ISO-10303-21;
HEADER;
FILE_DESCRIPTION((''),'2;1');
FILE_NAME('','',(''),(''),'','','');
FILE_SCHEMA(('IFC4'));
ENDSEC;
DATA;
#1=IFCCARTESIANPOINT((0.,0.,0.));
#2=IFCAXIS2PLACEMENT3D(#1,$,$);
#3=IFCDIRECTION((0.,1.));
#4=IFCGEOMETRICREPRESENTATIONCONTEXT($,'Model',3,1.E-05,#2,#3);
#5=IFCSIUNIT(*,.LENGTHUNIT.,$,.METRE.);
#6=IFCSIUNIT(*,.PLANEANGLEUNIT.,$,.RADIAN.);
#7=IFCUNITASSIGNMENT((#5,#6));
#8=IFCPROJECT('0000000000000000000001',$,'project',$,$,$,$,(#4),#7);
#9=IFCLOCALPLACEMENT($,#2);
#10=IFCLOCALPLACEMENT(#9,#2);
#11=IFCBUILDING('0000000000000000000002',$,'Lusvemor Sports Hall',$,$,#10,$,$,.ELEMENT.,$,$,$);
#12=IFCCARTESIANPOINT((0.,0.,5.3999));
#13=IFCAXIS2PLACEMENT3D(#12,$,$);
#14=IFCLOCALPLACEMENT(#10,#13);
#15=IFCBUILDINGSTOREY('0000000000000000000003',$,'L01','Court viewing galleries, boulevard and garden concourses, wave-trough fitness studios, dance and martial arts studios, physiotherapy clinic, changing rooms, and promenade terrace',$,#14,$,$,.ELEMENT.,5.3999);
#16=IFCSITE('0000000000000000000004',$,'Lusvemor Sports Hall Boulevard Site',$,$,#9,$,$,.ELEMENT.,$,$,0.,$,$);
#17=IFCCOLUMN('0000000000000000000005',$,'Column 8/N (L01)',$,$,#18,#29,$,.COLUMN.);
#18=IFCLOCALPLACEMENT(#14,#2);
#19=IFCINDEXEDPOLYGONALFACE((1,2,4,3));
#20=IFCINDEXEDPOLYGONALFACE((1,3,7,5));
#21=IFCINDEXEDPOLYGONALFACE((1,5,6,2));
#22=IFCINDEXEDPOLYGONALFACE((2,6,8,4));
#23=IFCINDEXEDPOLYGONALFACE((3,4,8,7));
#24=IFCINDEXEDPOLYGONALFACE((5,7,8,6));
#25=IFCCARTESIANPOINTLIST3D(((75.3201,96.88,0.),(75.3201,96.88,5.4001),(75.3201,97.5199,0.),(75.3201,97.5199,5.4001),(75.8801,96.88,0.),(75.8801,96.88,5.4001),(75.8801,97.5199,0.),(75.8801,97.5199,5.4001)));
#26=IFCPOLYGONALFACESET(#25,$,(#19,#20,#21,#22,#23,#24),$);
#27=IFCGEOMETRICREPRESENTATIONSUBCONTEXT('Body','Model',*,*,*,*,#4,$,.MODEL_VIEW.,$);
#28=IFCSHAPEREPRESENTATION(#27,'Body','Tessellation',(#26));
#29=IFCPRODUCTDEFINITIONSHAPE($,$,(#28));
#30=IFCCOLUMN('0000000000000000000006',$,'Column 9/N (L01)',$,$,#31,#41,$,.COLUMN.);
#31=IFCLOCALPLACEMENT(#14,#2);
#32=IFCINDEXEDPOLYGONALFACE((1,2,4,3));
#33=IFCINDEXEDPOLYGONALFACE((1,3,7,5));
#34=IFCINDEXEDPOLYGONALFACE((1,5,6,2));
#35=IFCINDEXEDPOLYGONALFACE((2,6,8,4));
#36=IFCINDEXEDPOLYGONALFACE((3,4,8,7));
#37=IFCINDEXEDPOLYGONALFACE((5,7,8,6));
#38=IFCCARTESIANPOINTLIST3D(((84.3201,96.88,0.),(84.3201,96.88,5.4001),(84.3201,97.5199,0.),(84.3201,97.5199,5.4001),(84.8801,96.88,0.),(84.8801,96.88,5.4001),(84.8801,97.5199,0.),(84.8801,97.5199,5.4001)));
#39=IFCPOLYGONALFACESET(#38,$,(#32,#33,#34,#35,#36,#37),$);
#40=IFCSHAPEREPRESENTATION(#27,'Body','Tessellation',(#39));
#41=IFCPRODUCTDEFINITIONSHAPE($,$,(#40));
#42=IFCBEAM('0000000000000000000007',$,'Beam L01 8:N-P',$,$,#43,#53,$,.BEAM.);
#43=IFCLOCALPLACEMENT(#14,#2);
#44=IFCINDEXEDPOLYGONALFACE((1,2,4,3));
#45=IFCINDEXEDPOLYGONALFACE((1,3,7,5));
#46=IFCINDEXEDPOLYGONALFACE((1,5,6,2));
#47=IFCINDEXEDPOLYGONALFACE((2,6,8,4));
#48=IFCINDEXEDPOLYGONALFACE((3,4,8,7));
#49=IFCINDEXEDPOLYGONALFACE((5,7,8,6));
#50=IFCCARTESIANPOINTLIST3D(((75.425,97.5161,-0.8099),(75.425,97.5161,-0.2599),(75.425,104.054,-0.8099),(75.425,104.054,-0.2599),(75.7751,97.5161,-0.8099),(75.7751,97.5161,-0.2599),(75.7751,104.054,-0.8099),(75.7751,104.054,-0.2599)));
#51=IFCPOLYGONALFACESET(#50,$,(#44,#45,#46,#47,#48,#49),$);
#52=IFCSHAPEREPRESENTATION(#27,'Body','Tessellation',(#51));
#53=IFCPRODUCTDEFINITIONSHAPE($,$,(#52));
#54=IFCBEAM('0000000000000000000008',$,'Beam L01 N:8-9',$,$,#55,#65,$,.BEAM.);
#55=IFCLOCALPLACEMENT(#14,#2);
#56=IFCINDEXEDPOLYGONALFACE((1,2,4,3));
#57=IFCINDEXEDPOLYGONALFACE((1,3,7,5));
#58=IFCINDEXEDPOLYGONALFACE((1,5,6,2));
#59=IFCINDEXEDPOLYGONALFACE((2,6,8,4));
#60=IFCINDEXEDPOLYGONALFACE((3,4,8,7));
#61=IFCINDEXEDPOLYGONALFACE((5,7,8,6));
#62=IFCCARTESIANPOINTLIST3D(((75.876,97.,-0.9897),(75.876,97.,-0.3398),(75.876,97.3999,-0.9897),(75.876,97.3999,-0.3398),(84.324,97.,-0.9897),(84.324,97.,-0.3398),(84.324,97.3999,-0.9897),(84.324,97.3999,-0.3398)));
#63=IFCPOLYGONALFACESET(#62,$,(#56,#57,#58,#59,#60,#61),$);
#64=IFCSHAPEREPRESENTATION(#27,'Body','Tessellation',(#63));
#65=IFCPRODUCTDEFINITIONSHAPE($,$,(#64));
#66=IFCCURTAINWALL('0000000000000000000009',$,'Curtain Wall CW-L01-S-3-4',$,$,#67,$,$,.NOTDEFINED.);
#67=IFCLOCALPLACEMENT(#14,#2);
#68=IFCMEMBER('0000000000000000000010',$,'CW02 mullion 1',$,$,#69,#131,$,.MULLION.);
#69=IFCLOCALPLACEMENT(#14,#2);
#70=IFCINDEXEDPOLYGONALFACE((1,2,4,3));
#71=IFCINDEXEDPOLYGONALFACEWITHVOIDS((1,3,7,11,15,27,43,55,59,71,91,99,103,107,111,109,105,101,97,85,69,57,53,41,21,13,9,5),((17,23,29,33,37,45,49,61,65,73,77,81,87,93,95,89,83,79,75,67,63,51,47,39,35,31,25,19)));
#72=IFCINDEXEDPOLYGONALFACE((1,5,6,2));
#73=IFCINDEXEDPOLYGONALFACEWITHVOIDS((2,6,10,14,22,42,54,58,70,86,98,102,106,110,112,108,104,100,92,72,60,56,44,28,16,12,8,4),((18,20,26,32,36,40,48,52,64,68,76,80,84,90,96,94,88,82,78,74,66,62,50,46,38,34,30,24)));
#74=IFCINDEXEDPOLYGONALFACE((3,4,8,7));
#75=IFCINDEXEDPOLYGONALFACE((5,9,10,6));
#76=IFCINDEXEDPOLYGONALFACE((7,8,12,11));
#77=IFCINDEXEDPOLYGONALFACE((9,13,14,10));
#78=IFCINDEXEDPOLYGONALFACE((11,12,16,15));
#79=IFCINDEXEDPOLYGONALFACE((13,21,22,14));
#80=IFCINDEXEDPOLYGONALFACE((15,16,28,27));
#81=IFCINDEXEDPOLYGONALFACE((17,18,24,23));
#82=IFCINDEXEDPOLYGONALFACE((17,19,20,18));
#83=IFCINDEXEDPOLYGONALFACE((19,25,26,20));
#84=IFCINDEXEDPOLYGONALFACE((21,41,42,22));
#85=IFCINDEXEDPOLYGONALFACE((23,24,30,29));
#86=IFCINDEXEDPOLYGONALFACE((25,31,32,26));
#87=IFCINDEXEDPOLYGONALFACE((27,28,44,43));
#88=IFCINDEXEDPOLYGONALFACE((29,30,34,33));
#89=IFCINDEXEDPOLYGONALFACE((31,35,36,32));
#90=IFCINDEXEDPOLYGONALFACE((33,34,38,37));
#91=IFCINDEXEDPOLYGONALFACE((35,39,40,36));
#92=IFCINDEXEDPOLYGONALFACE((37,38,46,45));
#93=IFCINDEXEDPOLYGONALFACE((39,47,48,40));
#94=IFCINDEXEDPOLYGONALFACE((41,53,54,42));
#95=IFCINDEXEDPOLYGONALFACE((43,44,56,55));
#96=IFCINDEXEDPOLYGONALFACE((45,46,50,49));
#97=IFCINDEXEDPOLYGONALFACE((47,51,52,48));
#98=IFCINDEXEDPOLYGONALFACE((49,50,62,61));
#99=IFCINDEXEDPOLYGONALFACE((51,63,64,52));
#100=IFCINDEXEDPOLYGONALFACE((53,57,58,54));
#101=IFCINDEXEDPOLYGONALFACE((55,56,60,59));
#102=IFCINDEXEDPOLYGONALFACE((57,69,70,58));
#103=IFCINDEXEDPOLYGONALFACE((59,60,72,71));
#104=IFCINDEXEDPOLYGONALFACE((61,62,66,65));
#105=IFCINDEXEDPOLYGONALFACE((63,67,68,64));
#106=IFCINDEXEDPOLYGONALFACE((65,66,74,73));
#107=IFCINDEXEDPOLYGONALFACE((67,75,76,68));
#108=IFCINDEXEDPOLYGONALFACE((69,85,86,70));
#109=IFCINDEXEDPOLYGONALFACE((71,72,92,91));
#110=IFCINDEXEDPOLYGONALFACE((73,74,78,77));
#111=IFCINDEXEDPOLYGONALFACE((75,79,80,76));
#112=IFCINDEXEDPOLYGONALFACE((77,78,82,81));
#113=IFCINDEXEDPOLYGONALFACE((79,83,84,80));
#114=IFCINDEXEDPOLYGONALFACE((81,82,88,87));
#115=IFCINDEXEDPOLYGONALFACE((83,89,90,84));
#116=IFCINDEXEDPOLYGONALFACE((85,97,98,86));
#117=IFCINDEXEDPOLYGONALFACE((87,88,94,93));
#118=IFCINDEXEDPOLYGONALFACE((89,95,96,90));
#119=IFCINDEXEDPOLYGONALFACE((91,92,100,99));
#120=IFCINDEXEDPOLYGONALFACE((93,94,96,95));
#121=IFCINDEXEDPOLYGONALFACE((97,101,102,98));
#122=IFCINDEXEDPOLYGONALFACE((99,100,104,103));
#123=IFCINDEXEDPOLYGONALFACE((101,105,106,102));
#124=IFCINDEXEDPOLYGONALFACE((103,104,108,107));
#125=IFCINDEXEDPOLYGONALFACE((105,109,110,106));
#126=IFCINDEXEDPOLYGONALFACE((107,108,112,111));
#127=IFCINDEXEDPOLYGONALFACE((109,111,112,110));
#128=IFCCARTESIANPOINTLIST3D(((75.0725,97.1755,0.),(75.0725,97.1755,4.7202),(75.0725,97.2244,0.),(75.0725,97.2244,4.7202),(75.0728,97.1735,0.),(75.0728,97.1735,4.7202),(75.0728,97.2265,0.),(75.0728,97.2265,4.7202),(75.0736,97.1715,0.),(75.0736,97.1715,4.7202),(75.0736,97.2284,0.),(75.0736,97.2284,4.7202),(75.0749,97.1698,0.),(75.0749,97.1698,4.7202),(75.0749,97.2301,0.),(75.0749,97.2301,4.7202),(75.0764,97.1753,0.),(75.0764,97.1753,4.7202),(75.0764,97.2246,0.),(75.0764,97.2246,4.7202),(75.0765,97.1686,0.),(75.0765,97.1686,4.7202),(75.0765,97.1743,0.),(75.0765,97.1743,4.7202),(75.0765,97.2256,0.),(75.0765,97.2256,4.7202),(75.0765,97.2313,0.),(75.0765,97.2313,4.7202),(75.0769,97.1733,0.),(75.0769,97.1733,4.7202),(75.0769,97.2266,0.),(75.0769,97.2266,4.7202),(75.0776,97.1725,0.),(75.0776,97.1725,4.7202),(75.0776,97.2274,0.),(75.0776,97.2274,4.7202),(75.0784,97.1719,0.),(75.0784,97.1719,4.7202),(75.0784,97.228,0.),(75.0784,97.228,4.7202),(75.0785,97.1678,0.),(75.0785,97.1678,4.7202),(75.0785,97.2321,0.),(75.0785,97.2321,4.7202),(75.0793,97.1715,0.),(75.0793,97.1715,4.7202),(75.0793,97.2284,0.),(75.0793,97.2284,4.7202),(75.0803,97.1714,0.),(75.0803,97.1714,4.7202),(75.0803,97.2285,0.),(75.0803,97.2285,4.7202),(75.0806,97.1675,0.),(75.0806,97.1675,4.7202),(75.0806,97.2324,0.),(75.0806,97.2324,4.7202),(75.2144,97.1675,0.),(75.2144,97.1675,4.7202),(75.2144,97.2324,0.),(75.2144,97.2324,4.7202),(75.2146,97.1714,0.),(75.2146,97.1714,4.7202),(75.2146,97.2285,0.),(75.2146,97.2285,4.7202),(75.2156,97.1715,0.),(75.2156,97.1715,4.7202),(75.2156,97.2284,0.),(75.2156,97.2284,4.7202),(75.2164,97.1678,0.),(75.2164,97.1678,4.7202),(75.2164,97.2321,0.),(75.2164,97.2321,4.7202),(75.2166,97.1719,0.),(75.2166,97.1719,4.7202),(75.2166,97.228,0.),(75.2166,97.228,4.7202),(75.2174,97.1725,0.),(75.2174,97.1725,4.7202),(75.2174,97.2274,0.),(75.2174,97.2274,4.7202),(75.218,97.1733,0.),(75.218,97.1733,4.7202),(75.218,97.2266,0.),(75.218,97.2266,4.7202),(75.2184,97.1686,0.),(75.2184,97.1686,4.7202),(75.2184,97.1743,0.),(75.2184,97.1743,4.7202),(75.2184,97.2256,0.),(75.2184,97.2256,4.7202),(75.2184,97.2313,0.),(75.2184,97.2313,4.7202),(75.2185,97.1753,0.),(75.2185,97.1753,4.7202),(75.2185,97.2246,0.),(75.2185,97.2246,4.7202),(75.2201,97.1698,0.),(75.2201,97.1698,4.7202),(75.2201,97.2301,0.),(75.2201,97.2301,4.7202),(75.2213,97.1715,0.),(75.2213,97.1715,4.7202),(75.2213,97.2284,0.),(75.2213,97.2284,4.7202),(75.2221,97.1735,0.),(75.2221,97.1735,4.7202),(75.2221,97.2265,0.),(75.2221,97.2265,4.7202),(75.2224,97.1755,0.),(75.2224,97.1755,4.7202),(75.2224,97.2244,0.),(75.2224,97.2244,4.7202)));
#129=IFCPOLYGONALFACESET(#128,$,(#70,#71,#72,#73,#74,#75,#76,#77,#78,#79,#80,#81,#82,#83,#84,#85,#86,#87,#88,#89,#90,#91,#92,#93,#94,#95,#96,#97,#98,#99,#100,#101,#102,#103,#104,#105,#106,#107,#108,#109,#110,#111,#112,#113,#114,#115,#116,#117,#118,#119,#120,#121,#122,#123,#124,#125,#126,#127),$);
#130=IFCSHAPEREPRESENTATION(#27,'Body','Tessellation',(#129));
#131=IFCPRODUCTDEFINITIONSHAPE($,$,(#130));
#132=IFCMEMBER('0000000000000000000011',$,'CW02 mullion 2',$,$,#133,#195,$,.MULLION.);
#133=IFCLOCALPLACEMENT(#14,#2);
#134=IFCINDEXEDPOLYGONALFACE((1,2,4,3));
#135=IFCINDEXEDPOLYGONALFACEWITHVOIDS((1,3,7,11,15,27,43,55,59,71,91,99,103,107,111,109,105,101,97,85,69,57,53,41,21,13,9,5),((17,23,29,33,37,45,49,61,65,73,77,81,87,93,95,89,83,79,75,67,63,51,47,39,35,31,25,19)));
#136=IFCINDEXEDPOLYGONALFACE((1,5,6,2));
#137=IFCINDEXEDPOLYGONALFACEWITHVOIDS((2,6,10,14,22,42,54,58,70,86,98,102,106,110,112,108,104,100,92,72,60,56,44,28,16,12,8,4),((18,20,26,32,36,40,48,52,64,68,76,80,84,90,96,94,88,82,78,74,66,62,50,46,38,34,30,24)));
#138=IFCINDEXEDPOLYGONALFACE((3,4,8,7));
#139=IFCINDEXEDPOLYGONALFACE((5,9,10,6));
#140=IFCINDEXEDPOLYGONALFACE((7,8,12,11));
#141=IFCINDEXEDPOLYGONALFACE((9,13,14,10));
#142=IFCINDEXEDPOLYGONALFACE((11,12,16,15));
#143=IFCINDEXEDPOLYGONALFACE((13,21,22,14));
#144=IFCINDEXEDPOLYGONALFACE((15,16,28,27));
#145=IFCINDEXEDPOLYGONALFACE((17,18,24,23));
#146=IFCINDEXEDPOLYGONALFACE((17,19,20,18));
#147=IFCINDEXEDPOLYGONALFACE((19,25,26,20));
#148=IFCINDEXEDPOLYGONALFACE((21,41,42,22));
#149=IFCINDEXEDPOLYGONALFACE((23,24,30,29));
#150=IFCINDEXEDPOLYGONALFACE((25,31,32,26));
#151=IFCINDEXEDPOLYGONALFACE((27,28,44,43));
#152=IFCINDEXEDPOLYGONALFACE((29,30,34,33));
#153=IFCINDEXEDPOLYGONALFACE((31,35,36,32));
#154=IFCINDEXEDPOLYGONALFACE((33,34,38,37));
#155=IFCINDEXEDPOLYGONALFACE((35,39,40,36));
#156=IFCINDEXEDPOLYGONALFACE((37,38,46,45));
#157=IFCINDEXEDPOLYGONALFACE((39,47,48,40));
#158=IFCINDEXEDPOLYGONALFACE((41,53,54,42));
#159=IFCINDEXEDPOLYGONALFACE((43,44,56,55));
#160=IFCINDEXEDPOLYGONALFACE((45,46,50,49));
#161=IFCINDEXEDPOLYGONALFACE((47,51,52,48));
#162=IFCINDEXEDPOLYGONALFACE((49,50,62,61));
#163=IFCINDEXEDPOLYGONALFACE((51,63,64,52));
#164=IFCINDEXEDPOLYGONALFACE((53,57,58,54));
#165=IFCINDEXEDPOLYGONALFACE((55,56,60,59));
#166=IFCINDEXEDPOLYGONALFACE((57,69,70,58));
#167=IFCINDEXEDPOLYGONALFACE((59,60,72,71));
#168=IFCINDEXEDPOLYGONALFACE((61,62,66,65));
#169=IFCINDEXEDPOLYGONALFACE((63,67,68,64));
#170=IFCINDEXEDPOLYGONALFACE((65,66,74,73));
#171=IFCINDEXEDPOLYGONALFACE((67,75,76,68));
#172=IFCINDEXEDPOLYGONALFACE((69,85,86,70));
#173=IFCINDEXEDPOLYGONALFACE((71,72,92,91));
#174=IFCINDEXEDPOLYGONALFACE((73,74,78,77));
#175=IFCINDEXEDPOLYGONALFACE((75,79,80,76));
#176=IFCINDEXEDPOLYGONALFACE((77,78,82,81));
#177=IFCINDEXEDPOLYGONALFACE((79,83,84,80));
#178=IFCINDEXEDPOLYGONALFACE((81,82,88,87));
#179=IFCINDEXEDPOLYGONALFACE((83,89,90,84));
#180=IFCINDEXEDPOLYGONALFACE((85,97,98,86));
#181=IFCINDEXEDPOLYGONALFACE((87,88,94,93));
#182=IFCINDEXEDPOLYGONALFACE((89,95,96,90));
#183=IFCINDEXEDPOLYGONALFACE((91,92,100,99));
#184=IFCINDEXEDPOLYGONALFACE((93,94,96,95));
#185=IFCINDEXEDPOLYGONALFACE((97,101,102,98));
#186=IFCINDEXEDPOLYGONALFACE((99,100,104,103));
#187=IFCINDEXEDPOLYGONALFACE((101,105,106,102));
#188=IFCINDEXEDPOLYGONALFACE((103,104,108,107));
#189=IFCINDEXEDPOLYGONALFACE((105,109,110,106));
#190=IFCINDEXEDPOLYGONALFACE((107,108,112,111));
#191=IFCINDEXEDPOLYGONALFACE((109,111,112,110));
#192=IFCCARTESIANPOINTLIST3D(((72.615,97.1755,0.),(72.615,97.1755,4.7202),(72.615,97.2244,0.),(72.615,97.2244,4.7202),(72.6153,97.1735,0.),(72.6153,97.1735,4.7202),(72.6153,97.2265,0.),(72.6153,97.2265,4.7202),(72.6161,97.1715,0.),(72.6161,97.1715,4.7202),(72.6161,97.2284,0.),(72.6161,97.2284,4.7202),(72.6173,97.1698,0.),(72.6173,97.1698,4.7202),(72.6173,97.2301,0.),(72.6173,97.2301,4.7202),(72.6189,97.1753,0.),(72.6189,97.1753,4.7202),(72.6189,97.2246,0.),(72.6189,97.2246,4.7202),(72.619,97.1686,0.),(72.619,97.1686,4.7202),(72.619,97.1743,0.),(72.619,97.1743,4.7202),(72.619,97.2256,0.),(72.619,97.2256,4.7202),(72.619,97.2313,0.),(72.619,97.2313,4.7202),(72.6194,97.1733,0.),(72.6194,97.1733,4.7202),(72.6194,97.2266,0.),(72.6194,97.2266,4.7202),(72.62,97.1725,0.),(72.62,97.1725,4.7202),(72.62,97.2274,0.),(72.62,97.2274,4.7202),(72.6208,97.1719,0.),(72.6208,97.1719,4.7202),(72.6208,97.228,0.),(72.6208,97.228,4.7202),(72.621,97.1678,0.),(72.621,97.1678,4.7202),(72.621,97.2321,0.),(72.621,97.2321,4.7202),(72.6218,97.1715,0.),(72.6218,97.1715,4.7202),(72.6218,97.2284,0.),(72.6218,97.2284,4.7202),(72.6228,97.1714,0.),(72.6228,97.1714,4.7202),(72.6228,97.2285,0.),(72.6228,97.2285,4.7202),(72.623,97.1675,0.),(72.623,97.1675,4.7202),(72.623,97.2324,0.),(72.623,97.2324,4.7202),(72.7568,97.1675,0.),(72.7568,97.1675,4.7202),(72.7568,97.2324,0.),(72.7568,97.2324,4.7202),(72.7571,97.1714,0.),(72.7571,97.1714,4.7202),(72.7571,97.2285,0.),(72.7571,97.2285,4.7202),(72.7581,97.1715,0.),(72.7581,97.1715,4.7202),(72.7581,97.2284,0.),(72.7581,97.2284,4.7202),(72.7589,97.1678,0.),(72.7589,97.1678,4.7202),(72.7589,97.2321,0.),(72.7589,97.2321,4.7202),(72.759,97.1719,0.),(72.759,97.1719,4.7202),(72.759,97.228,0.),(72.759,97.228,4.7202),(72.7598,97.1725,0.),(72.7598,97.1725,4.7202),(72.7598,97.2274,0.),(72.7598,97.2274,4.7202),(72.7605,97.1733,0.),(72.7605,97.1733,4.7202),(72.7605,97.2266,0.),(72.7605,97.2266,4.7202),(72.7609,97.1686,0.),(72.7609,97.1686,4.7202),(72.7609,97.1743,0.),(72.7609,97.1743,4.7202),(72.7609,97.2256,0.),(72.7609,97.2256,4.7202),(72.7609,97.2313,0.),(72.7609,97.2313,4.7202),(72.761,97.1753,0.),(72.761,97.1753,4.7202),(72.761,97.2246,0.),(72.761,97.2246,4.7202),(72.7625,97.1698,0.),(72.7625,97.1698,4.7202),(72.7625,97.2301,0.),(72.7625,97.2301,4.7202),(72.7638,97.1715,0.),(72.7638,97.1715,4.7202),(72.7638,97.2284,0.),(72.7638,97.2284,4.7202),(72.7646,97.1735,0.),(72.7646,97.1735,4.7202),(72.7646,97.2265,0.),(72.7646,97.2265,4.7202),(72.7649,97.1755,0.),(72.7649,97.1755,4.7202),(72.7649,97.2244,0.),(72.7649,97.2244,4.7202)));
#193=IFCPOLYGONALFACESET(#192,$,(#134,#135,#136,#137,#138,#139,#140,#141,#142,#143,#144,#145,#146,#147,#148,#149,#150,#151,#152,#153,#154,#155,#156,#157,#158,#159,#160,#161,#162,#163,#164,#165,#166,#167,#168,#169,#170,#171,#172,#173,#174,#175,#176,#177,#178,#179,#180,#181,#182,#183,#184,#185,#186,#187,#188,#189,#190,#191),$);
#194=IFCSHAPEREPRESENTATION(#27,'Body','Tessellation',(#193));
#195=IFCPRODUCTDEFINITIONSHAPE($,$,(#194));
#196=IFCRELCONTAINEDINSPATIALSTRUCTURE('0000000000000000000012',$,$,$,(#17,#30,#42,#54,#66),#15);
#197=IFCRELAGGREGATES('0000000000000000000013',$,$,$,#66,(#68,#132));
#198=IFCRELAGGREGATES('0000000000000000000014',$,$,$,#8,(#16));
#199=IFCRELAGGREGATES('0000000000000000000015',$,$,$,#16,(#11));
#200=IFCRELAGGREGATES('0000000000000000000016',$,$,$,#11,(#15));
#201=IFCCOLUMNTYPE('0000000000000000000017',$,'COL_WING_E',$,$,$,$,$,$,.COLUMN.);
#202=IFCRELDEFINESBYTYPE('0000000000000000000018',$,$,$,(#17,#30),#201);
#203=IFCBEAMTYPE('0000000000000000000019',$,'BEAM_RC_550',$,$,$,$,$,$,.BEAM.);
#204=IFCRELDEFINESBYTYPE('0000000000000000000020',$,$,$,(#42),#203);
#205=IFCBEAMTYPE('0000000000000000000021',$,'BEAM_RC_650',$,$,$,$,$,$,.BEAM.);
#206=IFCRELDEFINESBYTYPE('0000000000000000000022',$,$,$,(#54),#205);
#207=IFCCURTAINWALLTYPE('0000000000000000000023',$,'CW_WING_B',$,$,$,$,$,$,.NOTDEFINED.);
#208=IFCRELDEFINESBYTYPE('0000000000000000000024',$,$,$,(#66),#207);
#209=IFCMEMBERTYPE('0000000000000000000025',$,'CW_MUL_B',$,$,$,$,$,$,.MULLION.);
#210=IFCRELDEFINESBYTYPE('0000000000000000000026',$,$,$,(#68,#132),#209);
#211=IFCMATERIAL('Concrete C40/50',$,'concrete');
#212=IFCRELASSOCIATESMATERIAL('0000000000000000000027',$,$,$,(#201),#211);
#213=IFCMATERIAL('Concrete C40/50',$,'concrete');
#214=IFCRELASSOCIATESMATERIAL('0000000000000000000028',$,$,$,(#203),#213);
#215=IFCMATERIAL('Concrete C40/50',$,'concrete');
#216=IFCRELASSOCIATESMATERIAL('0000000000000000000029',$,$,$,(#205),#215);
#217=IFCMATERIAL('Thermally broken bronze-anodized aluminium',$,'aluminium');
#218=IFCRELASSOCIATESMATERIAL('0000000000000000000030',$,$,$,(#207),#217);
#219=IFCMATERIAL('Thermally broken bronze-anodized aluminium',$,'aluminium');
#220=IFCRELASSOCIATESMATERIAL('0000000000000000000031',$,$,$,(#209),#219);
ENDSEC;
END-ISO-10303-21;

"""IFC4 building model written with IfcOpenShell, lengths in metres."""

from ifc_helpers import new_model, si_unit, direction, frame, origin, origin_2d, place, context, subcontext, project, spatial, rectangle, hollow_rectangle, extrude, material, material_profile, profile_set, type_object, element, aggregate, save


model = new_model("IFC4")

# Units and contexts
model_context = context("Model", 3, precision=1e-05, world=origin(), true_north=direction((0.0, 1.0)))
body_context = subcontext(model_context, "Body", "Model", "MODEL_VIEW")
ifc_project = project(units=[si_unit("LENGTHUNIT", "METRE"), si_unit("PLANEANGLEUNIT", "RADIAN")], contexts=[model_context])

# Site, building, storey
site_placement = place(None, origin())
site = spatial("IfcSite", under=ifc_project, at=site_placement, Name="Lusvemor Sports Hall Boulevard Site", CompositionType="ELEMENT", RefElevation=0.0)
building_placement = place(site_placement, origin())
building = spatial("IfcBuilding", under=site, at=building_placement, Name="Lusvemor Sports Hall", CompositionType="ELEMENT")
storey_placement = place(building_placement, frame((0.0, 0.0, 5.3999)))
storey = spatial("IfcBuildingStorey", under=building, at=storey_placement, Name="L01", Description="Court viewing galleries, boulevard and garden concourses, wave-trough fitness studios, dance and martial arts studios, physiotherapy clinic, changing rooms, and promenade terrace", CompositionType="ELEMENT", Elevation=5.3999)

# Columns
ifc_material_1 = material(Name="Concrete C40/50", Category="concrete")
ifc_material_profile_1 = material_profile(ifc_material_1, rectangle(XDim=0.5601, YDim=0.6399, at=origin_2d()), Name="RC560x640")
ifc_profile_set_1 = profile_set([ifc_material_profile_1], Name="Concrete C40/50")
column_type = type_object("IfcColumnType", Name="COL_WING_E", PredefinedType="COLUMN", material=ifc_profile_set_1)
for number, where, z_axis, x_axis, name in (
    (1, (75.6001, 97.2, 0.0), (0.0, 0.0, 1.0), (1.0, 0.0, 0.0), "Column 8/N (L01)"),
    (2, (84.6001, 97.2, 0.0), (0.0, 0.0, 1.0), (1.0, 0.0, 0.0), "Column 9/N (L01)"),
):
    element("IfcColumn", number, at=place(storey_placement, frame(where, z_axis=z_axis, x_axis=x_axis)), inside=storey, type_object=column_type, Name=name, PredefinedType="COLUMN", context=body_context, shape_type="SweptSolid", body=[
        extrude(rectangle(XDim=0.5601, YDim=0.6399, at=origin_2d()), origin(), (0.0, 0.0, 1.0), 5.4001),
    ])

# Beams
ifc_material_2 = material(Name="Concrete C40/50", Category="concrete")
ifc_material_profile_2 = material_profile(ifc_material_2, rectangle(XDim=0.3501, YDim=0.55, at=origin_2d()), Name="RC350x550")
ifc_profile_set_2 = profile_set([ifc_material_profile_2], Name="Concrete C40/50")
beam_type_1 = type_object("IfcBeamType", Name="BEAM_RC_550", PredefinedType="BEAM", material=ifc_profile_set_2)
beam_1_placement = place(storey_placement, frame((75.6001, 97.5161, -0.5349), z_axis=(0.0, 1.0, 0.0), x_axis=(-1.0, 0.0, 0.0)))
element("IfcBeam", 3, at=beam_1_placement, inside=storey, type_object=beam_type_1, Name="Beam L01 8:N-P", PredefinedType="BEAM", context=body_context, shape_type="SweptSolid", body=[
    extrude(rectangle(XDim=0.3501, YDim=0.55, at=origin_2d()), origin(), (0.0, 0.0, 1.0), 6.5378),
])
ifc_material_3 = material(Name="Concrete C40/50", Category="concrete")
ifc_material_profile_3 = material_profile(ifc_material_3, rectangle(XDim=0.3999, YDim=0.6499, at=origin_2d()), Name="RC400x650")
ifc_profile_set_3 = profile_set([ifc_material_profile_3], Name="Concrete C40/50")
beam_type_2 = type_object("IfcBeamType", Name="BEAM_RC_650", PredefinedType="BEAM", material=ifc_profile_set_3)
beam_2_placement = place(storey_placement, frame((75.876, 97.2, -0.6648), z_axis=(1.0, 0.0, 0.0), x_axis=(0.0, 1.0, 0.0)))
element("IfcBeam", 4, at=beam_2_placement, inside=storey, type_object=beam_type_2, Name="Beam L01 N:8-9", PredefinedType="BEAM", context=body_context, shape_type="SweptSolid", body=[
    extrude(rectangle(XDim=0.3999, YDim=0.6499, at=origin_2d()), origin(), (0.0, 0.0, 1.0), 8.448),
])

# Curtain wall, members
ifc_material_4 = material(Name="Thermally broken bronze-anodized aluminium", Category="aluminium")
curtain_wall_type = type_object("IfcCurtainWallType", Name="CW_WING_B", PredefinedType="NOTDEFINED", material=ifc_material_4)
curtain_wall_1_placement = place(storey_placement, origin())
curtain_wall_1 = element("IfcCurtainWall", 5, at=curtain_wall_1_placement, inside=storey, type_object=curtain_wall_type, Name="Curtain Wall CW-L01-S-3-4", PredefinedType="NOTDEFINED")
ifc_material_5 = material(Name="Thermally broken bronze-anodized aluminium", Category="aluminium")
ifc_material_profile_4 = material_profile(ifc_material_5, hollow_rectangle(XDim=0.0649, YDim=0.1499, WallThickness=0.0039, InnerFilletRadius=0.0039, OuterFilletRadius=0.0081, at=origin_2d()), Name="CWMUL150x65x4")
ifc_profile_set_4 = profile_set([ifc_material_profile_4], Name="Thermally broken bronze-anodized aluminium")
member_type_1 = type_object("IfcMemberType", Name="CW_MUL_B", PredefinedType="MULLION", material=ifc_profile_set_4)
member_1_placement = place(storey_placement, frame((75.1475, 97.2, 0.0), z_axis=(0.0, 0.0, 1.0), x_axis=(0.0, -1.0, 0.0)))
member_1 = element("IfcMember", 6, at=member_1_placement, type_object=member_type_1, Name="CW02 mullion 1", PredefinedType="MULLION", context=body_context, shape_type="SweptSolid", body=[
    extrude(hollow_rectangle(XDim=0.0649, YDim=0.1499, WallThickness=0.0039, InnerFilletRadius=0.0039, OuterFilletRadius=0.0081, at=origin_2d()), origin(), (0.0, 0.0, 1.0), 4.7202),
])
member_2_placement = place(storey_placement, frame((72.6899, 97.2, 0.0), z_axis=(0.0, 0.0, 1.0), x_axis=(0.0, -1.0, 0.0)))
member_2 = element("IfcMember", 7, at=member_2_placement, type_object=member_type_1, Name="CW02 mullion 2", PredefinedType="MULLION", context=body_context, shape_type="SweptSolid", body=[
    extrude(hollow_rectangle(XDim=0.0649, YDim=0.1499, WallThickness=0.0039, InnerFilletRadius=0.0039, OuterFilletRadius=0.0081, at=origin_2d()), origin(), (0.0, 0.0, 1.0), 4.7202),
])

aggregate(curtain_wall_1, [member_1, member_2])

save(model, "model.ifc")
